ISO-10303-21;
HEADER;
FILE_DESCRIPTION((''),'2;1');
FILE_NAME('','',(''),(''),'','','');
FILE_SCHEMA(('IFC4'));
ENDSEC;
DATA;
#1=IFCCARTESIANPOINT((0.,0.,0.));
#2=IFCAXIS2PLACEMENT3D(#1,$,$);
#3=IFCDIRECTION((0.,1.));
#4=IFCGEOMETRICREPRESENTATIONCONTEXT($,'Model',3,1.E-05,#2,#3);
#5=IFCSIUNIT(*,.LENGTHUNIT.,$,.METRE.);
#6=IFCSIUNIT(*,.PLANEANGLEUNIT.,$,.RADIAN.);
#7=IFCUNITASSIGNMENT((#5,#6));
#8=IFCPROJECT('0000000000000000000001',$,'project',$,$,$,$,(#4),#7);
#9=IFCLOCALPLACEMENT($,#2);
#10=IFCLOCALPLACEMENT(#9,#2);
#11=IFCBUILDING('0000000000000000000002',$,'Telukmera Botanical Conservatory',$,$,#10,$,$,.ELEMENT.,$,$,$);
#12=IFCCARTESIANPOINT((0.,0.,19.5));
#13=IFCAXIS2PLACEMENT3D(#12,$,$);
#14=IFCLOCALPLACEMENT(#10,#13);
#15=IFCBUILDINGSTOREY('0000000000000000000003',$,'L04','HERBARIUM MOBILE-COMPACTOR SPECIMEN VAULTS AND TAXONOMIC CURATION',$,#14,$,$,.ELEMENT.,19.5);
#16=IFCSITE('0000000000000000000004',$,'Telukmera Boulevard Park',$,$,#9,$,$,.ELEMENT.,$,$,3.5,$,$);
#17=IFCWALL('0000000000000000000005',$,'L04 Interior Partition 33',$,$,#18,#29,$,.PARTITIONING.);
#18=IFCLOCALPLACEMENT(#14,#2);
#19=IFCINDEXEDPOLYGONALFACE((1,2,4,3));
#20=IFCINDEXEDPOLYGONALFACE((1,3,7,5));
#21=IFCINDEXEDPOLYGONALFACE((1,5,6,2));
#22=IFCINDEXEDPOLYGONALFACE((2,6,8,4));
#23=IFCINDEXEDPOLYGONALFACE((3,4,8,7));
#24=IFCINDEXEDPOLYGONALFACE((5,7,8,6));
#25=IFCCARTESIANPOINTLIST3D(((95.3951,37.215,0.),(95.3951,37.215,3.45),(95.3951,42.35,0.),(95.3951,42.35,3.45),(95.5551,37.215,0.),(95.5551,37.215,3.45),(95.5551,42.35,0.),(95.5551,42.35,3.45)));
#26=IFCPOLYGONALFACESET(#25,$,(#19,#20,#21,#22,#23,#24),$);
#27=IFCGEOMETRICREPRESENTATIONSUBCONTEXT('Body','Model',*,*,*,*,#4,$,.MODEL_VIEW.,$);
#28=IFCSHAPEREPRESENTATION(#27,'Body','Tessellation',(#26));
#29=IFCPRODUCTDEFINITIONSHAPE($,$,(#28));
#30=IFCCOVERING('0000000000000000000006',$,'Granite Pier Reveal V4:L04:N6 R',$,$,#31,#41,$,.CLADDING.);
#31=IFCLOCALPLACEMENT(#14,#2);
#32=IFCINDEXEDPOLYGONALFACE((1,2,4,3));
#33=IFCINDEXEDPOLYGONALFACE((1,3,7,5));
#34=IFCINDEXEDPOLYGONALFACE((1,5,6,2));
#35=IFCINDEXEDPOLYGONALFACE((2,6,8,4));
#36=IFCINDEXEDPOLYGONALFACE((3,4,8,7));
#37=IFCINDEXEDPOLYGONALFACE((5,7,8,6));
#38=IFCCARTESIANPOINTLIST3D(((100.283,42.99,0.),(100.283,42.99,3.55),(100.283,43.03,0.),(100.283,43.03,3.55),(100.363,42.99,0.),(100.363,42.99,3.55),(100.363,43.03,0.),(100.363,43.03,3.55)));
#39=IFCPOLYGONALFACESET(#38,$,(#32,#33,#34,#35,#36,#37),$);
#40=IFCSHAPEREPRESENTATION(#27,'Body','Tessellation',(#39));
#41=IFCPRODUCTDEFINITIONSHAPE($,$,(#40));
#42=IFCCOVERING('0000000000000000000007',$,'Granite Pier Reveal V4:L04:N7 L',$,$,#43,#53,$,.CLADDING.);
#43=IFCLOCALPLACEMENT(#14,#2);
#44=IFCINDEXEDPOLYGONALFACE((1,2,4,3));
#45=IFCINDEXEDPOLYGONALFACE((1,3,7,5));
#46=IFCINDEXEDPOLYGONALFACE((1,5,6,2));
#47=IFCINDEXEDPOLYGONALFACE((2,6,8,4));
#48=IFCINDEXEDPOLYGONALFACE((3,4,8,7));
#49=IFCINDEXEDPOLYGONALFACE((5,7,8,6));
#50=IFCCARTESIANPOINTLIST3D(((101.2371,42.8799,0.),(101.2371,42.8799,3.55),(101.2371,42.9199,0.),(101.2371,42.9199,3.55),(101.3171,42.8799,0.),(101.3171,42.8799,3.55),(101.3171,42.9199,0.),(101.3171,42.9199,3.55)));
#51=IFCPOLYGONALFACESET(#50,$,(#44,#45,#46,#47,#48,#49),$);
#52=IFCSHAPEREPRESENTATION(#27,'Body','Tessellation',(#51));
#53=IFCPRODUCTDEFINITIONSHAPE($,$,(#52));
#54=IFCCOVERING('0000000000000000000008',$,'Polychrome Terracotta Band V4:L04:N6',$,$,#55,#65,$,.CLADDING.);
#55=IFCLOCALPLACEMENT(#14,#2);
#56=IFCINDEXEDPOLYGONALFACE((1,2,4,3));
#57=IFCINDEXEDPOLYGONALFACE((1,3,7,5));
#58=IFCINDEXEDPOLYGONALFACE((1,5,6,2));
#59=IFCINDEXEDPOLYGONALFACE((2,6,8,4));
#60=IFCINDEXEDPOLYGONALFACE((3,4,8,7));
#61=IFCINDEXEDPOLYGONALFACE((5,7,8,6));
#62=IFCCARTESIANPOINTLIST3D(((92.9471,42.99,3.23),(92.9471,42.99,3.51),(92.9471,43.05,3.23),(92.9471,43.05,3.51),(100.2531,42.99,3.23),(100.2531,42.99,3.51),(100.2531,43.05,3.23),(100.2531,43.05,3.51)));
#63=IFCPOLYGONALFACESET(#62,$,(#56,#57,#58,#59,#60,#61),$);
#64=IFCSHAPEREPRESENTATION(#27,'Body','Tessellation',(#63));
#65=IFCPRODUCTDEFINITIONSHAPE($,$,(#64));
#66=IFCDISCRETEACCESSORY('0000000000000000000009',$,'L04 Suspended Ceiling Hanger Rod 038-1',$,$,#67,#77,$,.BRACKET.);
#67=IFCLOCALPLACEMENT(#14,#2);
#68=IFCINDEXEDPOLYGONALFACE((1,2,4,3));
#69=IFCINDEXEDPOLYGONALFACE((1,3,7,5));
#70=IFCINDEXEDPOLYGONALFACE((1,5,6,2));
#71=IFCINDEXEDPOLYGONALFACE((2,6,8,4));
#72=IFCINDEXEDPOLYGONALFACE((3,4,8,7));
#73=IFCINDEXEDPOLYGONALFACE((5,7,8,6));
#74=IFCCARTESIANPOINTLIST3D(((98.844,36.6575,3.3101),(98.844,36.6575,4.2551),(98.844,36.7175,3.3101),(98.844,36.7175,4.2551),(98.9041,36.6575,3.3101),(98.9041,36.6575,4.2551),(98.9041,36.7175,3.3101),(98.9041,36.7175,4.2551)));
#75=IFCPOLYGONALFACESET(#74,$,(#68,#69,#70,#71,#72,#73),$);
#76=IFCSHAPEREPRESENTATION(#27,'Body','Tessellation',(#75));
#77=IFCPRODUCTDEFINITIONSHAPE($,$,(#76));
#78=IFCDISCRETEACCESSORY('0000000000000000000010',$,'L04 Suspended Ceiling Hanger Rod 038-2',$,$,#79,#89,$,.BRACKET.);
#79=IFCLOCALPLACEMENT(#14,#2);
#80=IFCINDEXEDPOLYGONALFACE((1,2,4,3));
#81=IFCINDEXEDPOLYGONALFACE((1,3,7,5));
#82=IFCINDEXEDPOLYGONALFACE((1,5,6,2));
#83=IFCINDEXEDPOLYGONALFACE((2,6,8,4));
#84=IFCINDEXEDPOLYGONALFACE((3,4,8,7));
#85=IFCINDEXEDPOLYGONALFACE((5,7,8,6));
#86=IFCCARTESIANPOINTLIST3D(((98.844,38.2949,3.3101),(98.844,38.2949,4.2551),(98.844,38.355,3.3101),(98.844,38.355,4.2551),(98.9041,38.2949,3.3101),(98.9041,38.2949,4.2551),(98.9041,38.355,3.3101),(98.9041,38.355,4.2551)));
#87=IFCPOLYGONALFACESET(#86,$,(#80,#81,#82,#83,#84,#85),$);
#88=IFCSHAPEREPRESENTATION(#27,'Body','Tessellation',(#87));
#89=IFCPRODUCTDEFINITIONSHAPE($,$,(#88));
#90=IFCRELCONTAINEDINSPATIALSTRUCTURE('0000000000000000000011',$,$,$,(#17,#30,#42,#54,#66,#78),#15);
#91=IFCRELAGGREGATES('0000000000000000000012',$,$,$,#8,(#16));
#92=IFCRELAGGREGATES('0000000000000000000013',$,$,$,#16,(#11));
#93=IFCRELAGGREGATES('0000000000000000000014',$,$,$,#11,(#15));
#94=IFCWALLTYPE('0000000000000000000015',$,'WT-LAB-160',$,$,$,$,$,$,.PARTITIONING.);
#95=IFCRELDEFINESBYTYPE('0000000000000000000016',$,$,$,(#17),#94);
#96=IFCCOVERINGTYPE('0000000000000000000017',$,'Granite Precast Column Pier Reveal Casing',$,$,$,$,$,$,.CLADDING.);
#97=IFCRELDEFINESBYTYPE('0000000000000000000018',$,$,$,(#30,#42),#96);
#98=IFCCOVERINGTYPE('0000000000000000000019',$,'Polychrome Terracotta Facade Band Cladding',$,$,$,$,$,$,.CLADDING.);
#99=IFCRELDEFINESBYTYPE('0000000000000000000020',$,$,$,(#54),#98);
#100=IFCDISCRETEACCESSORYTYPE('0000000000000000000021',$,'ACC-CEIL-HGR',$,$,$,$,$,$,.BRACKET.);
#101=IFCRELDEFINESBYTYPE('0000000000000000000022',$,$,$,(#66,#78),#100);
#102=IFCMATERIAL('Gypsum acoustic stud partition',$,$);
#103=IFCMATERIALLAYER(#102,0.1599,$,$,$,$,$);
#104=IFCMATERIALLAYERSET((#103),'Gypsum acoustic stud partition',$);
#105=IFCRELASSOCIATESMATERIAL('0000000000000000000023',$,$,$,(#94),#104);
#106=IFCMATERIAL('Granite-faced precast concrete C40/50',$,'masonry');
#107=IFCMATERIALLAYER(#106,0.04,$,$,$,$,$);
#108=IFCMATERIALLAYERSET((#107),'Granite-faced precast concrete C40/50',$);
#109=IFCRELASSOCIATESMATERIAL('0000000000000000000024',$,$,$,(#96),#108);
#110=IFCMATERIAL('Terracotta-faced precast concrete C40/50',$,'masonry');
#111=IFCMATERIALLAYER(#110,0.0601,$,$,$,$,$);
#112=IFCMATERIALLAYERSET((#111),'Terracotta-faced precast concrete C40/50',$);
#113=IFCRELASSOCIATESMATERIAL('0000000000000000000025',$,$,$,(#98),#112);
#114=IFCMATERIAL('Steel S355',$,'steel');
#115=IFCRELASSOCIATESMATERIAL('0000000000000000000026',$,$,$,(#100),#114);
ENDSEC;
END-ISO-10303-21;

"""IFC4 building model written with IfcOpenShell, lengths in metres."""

from ifc_helpers import new_model, si_unit, direction, frame, frame_2d, origin, origin_2d, place, context, subcontext, project, spatial, rectangle, extrude, material, layer, layer_set, type_object, element, save


model = new_model("IFC4")

# Units and contexts
model_context = context("Model", 3, precision=1e-05, world=origin(), true_north=direction((0.0, 1.0)))
body_context = subcontext(model_context, "Body", "Model", "MODEL_VIEW")
ifc_project = project(units=[si_unit("LENGTHUNIT", "METRE"), si_unit("PLANEANGLEUNIT", "RADIAN")], contexts=[model_context])

# Site, building, storey
site_placement = place(None, origin())
site = spatial("IfcSite", under=ifc_project, at=site_placement, Name="Telukmera Boulevard Park", CompositionType="ELEMENT", RefElevation=3.5)
building_placement = place(site_placement, origin())
building = spatial("IfcBuilding", under=site, at=building_placement, Name="Telukmera Botanical Conservatory", CompositionType="ELEMENT")
storey_placement = place(building_placement, frame((0.0, 0.0, 19.5)))
storey = spatial("IfcBuildingStorey", under=building, at=storey_placement, Name="L04", Description="HERBARIUM MOBILE-COMPACTOR SPECIMEN VAULTS AND TAXONOMIC CURATION", CompositionType="ELEMENT", Elevation=19.5)

# Wall
ifc_material_1 = material(Name="Gypsum acoustic stud partition")
ifc_layer_1 = layer(ifc_material_1, 0.1599)
ifc_layer_set_1 = layer_set([ifc_layer_1], Name="Gypsum acoustic stud partition")
wall_type = type_object("IfcWallType", Name="WT-LAB-160", PredefinedType="PARTITIONING", material=ifc_layer_set_1)
wall_placement = place(storey_placement, frame((95.4751, 37.2151, 0.0), z_axis=(0.0, 0.0, 1.0), x_axis=(0.0, 1.0, 0.0)))
element("IfcWall", 1, at=wall_placement, inside=storey, type_object=wall_type, Name="L04 Interior Partition 33", PredefinedType="PARTITIONING", context=body_context, shape_type="SweptSolid", body=[
    extrude(rectangle(XDim=5.135, YDim=0.1599, at=frame_2d((2.5674, 0.0))), origin(), (0.0, 0.0, 1.0), 3.45),
])

# Coverings
ifc_material_2 = material(Name="Granite-faced precast concrete C40/50", Category="masonry")
ifc_layer_2 = layer(ifc_material_2, 0.04)
ifc_layer_set_2 = layer_set([ifc_layer_2], Name="Granite-faced precast concrete C40/50")
covering_type_1 = type_object("IfcCoveringType", Name="Granite Precast Column Pier Reveal Casing", PredefinedType="CLADDING", material=ifc_layer_set_2)
for number, where, z_axis, x_axis, name in (
    (2, (100.323, 43.01, 0.0), (0.0, 0.0, 1.0), (1.0, 0.0, 0.0), "Granite Pier Reveal V4:L04:N6 R"),
    (3, (101.2771, 42.8999, 0.0), (0.0, 0.0, 1.0), (1.0, 0.0, 0.0), "Granite Pier Reveal V4:L04:N7 L"),
):
    element("IfcCovering", number, at=place(storey_placement, frame(where, z_axis=z_axis, x_axis=x_axis)), inside=storey, type_object=covering_type_1, Name=name, PredefinedType="CLADDING", context=body_context, shape_type="SweptSolid", body=[
        extrude(rectangle(XDim=0.0801, YDim=0.04, at=origin_2d()), origin(), (0.0, 0.0, 1.0), 3.55),
    ])
ifc_material_3 = material(Name="Terracotta-faced precast concrete C40/50", Category="masonry")
ifc_layer_3 = layer(ifc_material_3, 0.0601)
ifc_layer_set_3 = layer_set([ifc_layer_3], Name="Terracotta-faced precast concrete C40/50")
covering_type_2 = type_object("IfcCoveringType", Name="Polychrome Terracotta Facade Band Cladding", PredefinedType="CLADDING", material=ifc_layer_set_3)
covering_placement = place(storey_placement, frame((96.6001, 43.02, 3.23), z_axis=(0.0, 0.0, 1.0), x_axis=(1.0, 0.0, 0.0)))
element("IfcCovering", 4, at=covering_placement, inside=storey, type_object=covering_type_2, Name="Polychrome Terracotta Band V4:L04:N6", PredefinedType="CLADDING", context=body_context, shape_type="SweptSolid", body=[
    extrude(rectangle(XDim=7.3059, YDim=0.0601, at=origin_2d()), origin(), (0.0, 0.0, 1.0), 0.28),
])

# Discrete accessories
ifc_material_4 = material(Name="Steel S355", Category="steel")
discrete_accessory_type = type_object("IfcDiscreteAccessoryType", Name="ACC-CEIL-HGR", PredefinedType="BRACKET", material=ifc_material_4)
for number, where, z_axis, x_axis, name in (
    (5, (98.874, 36.6875, 3.3101), (0.0, 0.0, 1.0), (1.0, 0.0, 0.0), "L04 Suspended Ceiling Hanger Rod 038-1"),
    (6, (98.874, 38.325, 3.3101), (0.0, 0.0, 1.0), (1.0, 0.0, 0.0), "L04 Suspended Ceiling Hanger Rod 038-2"),
):
    element("IfcDiscreteAccessory", number, at=place(storey_placement, frame(where, z_axis=z_axis, x_axis=x_axis)), inside=storey, type_object=discrete_accessory_type, Name=name, PredefinedType="BRACKET", context=body_context, shape_type="SweptSolid", body=[
        extrude(rectangle(XDim=0.0601, YDim=0.0601, at=origin_2d()), origin(), (0.0, 0.0, 1.0), 0.9451),
    ])

save(model, "model.ifc")
